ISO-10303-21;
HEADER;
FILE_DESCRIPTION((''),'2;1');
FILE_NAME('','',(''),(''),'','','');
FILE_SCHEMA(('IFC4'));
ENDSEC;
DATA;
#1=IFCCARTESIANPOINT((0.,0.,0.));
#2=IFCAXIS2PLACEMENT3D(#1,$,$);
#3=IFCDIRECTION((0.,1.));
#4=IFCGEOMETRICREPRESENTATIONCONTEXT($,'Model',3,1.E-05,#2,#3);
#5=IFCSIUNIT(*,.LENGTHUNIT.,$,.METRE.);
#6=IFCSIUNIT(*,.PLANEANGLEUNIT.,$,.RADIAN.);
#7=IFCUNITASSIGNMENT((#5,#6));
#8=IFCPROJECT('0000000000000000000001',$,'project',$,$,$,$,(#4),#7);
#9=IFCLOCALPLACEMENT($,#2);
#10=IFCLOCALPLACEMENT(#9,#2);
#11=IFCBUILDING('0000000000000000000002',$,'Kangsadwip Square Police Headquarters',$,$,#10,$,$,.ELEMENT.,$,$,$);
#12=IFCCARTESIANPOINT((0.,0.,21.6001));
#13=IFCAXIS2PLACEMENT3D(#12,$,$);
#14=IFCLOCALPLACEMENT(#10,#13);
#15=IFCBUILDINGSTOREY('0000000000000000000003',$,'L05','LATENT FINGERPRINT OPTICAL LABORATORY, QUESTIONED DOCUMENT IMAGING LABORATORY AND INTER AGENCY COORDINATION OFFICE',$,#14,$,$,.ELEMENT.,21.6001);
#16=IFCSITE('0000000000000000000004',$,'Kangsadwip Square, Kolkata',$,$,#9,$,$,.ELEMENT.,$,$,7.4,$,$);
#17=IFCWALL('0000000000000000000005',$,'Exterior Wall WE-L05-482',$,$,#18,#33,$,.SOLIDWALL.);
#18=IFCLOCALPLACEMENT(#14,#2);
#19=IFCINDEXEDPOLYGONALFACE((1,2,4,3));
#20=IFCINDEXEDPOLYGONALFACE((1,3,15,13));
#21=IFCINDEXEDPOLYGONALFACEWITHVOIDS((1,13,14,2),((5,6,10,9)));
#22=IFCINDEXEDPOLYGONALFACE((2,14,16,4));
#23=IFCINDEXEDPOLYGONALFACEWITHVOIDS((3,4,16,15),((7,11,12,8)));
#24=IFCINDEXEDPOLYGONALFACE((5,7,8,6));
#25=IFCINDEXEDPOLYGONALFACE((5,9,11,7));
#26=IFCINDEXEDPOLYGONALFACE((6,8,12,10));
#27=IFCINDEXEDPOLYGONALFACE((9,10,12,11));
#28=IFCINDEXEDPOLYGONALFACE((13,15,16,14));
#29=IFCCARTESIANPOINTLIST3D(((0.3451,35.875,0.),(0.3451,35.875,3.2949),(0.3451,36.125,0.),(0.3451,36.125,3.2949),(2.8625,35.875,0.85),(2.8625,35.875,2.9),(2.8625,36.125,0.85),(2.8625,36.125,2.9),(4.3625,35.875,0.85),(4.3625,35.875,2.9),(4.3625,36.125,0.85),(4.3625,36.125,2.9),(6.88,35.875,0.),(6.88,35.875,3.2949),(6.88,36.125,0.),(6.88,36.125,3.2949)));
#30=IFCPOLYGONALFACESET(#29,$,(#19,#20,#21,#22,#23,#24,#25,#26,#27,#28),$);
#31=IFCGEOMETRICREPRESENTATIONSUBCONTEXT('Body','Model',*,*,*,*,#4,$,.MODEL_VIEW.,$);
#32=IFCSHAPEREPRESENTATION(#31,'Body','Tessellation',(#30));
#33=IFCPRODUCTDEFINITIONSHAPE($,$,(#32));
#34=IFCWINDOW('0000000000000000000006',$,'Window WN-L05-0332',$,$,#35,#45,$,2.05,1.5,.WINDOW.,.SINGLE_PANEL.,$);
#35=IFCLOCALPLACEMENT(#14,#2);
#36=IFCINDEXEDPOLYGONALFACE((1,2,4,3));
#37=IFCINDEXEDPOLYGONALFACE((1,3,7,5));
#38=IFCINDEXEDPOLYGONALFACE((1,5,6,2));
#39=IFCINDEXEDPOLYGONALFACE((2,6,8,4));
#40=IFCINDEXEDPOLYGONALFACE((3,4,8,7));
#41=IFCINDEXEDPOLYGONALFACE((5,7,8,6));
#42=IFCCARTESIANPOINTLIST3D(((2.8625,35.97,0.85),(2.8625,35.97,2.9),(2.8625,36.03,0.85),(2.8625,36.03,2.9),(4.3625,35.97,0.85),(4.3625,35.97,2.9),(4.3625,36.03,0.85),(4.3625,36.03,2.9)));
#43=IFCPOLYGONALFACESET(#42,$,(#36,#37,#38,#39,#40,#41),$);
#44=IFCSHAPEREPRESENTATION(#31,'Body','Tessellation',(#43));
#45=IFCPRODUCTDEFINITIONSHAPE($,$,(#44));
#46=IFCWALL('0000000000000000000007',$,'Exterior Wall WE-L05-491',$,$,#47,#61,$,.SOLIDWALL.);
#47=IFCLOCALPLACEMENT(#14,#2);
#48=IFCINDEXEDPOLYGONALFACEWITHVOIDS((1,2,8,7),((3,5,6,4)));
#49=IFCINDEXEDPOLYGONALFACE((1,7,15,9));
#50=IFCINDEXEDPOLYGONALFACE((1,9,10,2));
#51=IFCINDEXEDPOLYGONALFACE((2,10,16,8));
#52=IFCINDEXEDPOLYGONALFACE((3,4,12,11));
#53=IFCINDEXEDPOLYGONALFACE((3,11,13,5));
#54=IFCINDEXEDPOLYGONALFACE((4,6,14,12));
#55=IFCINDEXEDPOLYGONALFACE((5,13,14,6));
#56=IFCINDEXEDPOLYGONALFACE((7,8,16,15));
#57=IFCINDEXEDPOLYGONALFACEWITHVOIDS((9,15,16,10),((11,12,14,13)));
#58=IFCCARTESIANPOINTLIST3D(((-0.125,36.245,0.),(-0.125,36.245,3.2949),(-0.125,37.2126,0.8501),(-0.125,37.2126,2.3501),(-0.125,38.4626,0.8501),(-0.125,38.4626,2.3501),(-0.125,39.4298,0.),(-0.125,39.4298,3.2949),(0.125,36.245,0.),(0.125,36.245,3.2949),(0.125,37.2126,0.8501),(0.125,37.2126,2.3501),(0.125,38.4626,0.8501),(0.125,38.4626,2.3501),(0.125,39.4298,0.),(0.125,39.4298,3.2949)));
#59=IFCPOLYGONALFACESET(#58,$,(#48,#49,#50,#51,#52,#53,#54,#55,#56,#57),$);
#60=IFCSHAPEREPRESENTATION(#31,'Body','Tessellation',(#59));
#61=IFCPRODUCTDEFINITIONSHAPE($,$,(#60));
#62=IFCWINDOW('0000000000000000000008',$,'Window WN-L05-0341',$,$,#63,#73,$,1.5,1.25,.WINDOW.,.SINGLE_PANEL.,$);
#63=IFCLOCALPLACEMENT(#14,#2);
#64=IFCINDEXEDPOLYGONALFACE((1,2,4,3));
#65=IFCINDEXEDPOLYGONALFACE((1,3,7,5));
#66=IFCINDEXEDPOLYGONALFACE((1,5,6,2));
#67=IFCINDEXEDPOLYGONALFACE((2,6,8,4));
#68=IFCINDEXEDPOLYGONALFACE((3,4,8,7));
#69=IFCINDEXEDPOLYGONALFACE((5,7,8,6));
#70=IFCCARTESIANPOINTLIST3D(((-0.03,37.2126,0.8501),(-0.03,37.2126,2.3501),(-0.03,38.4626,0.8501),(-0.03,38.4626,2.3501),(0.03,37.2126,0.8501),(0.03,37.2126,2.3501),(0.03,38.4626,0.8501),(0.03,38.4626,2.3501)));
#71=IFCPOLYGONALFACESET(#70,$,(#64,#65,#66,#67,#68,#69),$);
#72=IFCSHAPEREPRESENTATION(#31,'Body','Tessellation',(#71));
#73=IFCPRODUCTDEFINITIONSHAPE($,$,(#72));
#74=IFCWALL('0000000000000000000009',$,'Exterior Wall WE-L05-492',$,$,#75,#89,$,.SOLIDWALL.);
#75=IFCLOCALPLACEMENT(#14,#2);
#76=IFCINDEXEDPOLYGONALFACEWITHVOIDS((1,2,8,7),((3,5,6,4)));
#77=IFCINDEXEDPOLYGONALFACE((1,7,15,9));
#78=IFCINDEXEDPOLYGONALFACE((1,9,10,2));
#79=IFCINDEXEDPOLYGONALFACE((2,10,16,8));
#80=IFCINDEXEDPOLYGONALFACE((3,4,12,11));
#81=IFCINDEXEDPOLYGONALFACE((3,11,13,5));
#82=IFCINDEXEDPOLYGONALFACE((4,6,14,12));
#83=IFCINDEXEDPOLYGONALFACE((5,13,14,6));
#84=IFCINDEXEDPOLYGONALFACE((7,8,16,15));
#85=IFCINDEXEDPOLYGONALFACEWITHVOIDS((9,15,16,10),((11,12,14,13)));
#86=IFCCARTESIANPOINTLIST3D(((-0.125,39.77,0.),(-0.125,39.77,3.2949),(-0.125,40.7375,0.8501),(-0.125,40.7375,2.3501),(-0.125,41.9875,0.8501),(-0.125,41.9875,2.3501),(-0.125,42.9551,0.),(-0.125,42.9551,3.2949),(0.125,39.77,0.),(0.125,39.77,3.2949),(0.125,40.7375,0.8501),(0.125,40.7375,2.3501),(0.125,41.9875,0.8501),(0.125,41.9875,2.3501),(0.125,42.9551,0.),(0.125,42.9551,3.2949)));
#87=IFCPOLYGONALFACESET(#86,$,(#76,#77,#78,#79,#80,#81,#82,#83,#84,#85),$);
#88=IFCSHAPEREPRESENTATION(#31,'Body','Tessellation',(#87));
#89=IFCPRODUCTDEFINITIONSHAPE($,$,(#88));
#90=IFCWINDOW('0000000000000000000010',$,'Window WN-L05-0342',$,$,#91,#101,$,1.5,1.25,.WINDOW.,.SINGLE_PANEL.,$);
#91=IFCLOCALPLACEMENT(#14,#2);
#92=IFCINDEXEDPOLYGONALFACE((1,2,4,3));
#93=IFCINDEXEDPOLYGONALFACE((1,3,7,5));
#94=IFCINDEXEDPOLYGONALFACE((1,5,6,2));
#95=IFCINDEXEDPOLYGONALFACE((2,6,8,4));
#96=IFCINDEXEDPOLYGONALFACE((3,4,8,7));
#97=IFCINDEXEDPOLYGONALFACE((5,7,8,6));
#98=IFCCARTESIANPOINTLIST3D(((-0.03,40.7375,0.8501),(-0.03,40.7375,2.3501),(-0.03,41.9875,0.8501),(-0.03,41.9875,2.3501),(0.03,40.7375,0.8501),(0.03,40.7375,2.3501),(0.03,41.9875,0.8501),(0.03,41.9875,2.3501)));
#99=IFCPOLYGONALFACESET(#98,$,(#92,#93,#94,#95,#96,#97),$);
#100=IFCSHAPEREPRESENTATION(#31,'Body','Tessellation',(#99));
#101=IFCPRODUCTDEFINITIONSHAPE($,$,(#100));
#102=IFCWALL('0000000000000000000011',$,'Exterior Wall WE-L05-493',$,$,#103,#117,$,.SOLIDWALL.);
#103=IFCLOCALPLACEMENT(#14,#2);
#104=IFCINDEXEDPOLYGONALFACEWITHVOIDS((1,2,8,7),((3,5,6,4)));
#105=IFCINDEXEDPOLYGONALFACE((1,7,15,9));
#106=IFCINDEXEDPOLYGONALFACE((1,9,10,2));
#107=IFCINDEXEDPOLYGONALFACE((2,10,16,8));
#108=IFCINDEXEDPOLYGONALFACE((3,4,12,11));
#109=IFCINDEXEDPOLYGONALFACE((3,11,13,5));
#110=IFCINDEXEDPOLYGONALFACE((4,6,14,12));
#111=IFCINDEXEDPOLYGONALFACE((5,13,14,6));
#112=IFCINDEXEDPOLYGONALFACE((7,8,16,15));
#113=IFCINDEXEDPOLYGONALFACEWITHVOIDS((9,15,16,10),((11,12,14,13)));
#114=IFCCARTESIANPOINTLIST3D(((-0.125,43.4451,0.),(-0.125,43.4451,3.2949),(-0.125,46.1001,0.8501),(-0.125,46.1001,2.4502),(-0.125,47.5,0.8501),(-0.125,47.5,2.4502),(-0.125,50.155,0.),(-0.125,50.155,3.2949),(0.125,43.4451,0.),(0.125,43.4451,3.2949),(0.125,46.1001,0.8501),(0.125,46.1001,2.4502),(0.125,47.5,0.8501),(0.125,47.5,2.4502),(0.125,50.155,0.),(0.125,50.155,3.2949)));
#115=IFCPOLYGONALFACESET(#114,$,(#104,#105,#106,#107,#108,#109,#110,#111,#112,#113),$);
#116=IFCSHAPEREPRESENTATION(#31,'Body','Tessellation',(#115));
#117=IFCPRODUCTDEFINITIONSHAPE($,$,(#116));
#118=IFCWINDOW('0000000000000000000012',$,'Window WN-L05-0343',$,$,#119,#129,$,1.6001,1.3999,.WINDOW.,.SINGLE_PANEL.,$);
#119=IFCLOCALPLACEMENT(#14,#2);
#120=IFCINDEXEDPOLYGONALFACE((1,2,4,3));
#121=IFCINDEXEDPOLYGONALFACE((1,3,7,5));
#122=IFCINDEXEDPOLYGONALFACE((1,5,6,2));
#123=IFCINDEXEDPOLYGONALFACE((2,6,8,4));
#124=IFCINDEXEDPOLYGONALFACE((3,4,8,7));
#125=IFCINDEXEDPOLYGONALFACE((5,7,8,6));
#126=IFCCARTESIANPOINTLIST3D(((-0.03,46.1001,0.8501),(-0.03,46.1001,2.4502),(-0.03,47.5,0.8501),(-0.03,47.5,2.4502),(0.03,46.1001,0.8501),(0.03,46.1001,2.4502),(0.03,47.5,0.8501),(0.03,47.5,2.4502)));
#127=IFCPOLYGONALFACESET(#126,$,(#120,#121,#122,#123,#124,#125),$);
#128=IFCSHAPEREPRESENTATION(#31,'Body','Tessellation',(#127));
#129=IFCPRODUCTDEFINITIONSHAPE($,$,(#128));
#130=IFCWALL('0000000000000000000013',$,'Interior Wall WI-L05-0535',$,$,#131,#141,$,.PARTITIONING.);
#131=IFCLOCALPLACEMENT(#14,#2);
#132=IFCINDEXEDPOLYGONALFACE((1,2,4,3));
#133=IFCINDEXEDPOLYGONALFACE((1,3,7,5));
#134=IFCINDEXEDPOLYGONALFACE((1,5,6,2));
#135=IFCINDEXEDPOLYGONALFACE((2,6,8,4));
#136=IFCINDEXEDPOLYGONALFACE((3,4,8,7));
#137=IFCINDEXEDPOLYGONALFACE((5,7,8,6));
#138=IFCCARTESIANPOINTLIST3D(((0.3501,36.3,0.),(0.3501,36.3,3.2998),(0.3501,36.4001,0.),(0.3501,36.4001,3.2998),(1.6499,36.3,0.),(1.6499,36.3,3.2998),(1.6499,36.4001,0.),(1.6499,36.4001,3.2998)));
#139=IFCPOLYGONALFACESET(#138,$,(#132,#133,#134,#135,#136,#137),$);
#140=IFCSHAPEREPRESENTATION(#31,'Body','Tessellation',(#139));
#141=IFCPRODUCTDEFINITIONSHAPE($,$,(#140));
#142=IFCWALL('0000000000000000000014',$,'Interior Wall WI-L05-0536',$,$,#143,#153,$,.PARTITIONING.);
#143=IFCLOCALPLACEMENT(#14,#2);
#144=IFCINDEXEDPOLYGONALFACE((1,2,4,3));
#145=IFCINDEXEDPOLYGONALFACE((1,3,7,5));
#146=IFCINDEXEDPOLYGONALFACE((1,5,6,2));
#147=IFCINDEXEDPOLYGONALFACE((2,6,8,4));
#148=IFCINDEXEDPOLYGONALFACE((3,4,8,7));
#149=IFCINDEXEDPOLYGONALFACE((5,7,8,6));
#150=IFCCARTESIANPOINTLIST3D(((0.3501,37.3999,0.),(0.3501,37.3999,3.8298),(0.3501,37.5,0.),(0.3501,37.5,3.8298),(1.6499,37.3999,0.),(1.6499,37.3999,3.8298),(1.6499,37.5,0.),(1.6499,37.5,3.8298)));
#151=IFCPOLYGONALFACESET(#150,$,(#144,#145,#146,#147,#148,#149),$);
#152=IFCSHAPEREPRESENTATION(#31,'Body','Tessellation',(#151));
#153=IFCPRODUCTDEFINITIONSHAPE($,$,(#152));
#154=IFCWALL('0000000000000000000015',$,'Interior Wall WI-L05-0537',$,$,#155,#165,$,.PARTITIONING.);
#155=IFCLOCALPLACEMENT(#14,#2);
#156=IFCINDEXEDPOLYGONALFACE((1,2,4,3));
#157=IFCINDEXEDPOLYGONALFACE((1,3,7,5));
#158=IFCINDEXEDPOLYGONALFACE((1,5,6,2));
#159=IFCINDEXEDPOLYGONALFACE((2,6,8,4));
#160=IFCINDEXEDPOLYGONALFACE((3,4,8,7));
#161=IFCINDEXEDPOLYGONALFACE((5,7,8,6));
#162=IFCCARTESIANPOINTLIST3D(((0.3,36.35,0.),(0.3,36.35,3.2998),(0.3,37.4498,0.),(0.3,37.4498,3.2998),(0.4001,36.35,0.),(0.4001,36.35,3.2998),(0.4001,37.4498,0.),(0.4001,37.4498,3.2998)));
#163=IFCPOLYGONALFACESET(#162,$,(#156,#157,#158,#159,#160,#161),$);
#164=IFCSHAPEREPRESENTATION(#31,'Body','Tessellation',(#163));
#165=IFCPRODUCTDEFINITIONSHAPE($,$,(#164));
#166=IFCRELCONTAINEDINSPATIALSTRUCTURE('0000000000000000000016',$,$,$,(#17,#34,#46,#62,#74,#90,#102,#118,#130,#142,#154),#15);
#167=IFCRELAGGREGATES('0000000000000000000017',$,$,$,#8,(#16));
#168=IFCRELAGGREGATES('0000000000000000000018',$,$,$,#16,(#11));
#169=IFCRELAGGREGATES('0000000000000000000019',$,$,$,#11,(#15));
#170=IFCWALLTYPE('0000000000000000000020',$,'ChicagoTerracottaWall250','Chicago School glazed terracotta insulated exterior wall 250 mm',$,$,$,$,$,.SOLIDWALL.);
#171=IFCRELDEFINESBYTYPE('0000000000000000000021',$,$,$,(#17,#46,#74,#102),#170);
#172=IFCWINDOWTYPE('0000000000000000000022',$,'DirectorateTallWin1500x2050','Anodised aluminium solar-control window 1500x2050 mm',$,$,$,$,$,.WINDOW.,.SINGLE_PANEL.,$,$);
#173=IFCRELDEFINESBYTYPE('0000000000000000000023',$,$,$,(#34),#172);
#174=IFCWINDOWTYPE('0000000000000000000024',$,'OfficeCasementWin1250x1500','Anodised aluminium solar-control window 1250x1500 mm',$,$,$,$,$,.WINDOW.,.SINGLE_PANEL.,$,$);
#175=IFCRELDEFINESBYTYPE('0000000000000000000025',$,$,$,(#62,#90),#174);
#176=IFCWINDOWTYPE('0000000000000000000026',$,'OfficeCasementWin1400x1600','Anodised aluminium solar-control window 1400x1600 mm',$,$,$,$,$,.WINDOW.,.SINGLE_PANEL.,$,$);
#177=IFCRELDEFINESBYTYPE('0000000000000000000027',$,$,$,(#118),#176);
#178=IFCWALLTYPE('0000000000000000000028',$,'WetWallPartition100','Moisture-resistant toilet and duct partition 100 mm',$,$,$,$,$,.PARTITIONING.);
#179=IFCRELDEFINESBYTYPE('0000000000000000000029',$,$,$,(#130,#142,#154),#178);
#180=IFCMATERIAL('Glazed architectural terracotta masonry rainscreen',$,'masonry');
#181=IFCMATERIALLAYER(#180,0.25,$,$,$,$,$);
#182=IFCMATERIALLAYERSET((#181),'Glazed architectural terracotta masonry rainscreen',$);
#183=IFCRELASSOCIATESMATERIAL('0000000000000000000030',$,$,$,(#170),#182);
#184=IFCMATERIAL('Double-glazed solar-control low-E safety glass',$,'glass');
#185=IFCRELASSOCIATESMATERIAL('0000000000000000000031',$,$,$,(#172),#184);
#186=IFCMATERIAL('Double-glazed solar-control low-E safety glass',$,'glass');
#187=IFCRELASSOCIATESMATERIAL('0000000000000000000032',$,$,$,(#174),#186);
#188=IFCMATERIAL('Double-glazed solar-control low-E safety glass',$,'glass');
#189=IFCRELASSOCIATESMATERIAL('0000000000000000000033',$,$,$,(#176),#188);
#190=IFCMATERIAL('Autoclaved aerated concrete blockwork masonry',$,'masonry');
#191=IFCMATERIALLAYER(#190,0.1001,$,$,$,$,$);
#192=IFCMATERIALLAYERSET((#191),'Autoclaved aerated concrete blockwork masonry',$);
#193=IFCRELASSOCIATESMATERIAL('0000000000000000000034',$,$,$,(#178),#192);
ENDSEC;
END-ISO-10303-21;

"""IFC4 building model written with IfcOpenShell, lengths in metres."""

from ifc_helpers import new_model, si_unit, direction, frame, frame_2d, origin, place, context, subcontext, project, spatial, rectangle, extrude, material, layer, layer_set, type_object, element, fill, save


model = new_model("IFC4")

# Units and contexts
model_context = context("Model", 3, precision=1e-05, world=origin(), true_north=direction((0.0, 1.0)))
body_context = subcontext(model_context, "Body", "Model", "MODEL_VIEW")
ifc_project = project(units=[si_unit("LENGTHUNIT", "METRE"), si_unit("PLANEANGLEUNIT", "RADIAN")], contexts=[model_context])

# Site, building, storey
site_placement = place(None, origin())
site = spatial("IfcSite", under=ifc_project, at=site_placement, Name="Kangsadwip Square, Kolkata", CompositionType="ELEMENT", RefElevation=7.4)
building_placement = place(site_placement, origin())
building = spatial("IfcBuilding", under=site, at=building_placement, Name="Kangsadwip Square Police Headquarters", CompositionType="ELEMENT")
storey_placement = place(building_placement, frame((0.0, 0.0, 21.6001)))
storey = spatial("IfcBuildingStorey", under=building, at=storey_placement, Name="L05", Description="LATENT FINGERPRINT OPTICAL LABORATORY, QUESTIONED DOCUMENT IMAGING LABORATORY AND INTER AGENCY COORDINATION OFFICE", CompositionType="ELEMENT", Elevation=21.6001)

# Walls, openings, windows
ifc_material_1 = material(Name="Glazed architectural terracotta masonry rainscreen", Category="masonry")
ifc_layer_1 = layer(ifc_material_1, 0.25)
ifc_layer_set_1 = layer_set([ifc_layer_1], Name="Glazed architectural terracotta masonry rainscreen")
wall_type_1 = type_object("IfcWallType", Name="ChicagoTerracottaWall250", Description="Chicago School glazed terracotta insulated exterior wall 250 mm", PredefinedType="SOLIDWALL", material=ifc_layer_set_1)
wall_1_placement = place(storey_placement, frame((0.345, 36.0, 0.0), z_axis=(0.0, 0.0, 1.0), x_axis=(1.0, 0.0, 0.0)))
wall_1 = element("IfcWall", 1, at=wall_1_placement, inside=storey, type_object=wall_type_1, Name="Exterior Wall WE-L05-482", PredefinedType="SOLIDWALL", context=body_context, shape_type="SweptSolid", body=[
    extrude(rectangle(XDim=6.5349, YDim=0.25, at=frame_2d((3.2676, 0.0))), origin(), (0.0, 0.0, 1.0), 3.2949),
])
opening_1_placement = place(wall_1_placement, frame((2.5176, 0.0, 0.8501)))
opening_1 = element("IfcOpeningElement", 2, at=opening_1_placement, cuts=wall_1, PredefinedType="OPENING", context=body_context, shape_type="SweptSolid", body=[
    extrude(rectangle(XDim=1.5, YDim=2.05, at=frame_2d((0.75, 1.0249))), frame((0.0, 0.135, 0.0), z_axis=(0.0, -1.0, 0.0), x_axis=(1.0, 0.0, 0.0)), (0.0, 0.0, 1.0), 0.27),
])
ifc_material_2 = material(Name="Double-glazed solar-control low-E safety glass", Category="glass")
window_type_1 = type_object("IfcWindowType", Name="DirectorateTallWin1500x2050", Description="Anodised aluminium solar-control window 1500x2050 mm", PartitioningType="SINGLE_PANEL", PredefinedType="WINDOW", material=ifc_material_2)
window_1_placement = place(opening_1_placement, origin())
window_1 = element("IfcWindow", 3, at=window_1_placement, inside=storey, type_object=window_type_1, Name="Window WN-L05-0332", OverallHeight=2.05, OverallWidth=1.5, PartitioningType="SINGLE_PANEL", PredefinedType="WINDOW", context=body_context, shape_type="SweptSolid", body=[
    extrude(rectangle(XDim=1.5, YDim=2.05, at=frame_2d((0.75, 1.0249))), frame((0.0, 0.03, 0.0), z_axis=(0.0, -1.0, 0.0), x_axis=(1.0, 0.0, 0.0)), (0.0, 0.0, 1.0), 0.0601),
])
fill(opening_1, window_1)
wall_2_placement = place(storey_placement, frame((0.0, 36.2451, 0.0), z_axis=(0.0, 0.0, 1.0), x_axis=(0.0, 1.0, 0.0)))
wall_2 = element("IfcWall", 4, at=wall_2_placement, inside=storey, type_object=wall_type_1, Name="Exterior Wall WE-L05-491", PredefinedType="SOLIDWALL", context=body_context, shape_type="SweptSolid", body=[
    extrude(rectangle(XDim=3.1848, YDim=0.25, at=frame_2d((1.5923, 0.0))), origin(), (0.0, 0.0, 1.0), 3.2949),
])
opening_2_placement = place(wall_2_placement, frame((0.9675, 0.0, 0.8501)))
opening_2 = element("IfcOpeningElement", 5, at=opening_2_placement, cuts=wall_2, PredefinedType="OPENING", context=body_context, shape_type="SweptSolid", body=[
    extrude(rectangle(XDim=1.25, YDim=1.5, at=frame_2d((0.625, 0.75))), frame((0.0, 0.135, 0.0), z_axis=(0.0, -1.0, 0.0), x_axis=(1.0, 0.0, 0.0)), (0.0, 0.0, 1.0), 0.27),
])
ifc_material_3 = material(Name="Double-glazed solar-control low-E safety glass", Category="glass")
window_type_2 = type_object("IfcWindowType", Name="OfficeCasementWin1250x1500", Description="Anodised aluminium solar-control window 1250x1500 mm", PartitioningType="SINGLE_PANEL", PredefinedType="WINDOW", material=ifc_material_3)
window_2_placement = place(opening_2_placement, origin())
window_2 = element("IfcWindow", 6, at=window_2_placement, inside=storey, type_object=window_type_2, Name="Window WN-L05-0341", OverallHeight=1.5, OverallWidth=1.25, PartitioningType="SINGLE_PANEL", PredefinedType="WINDOW", context=body_context, shape_type="SweptSolid", body=[
    extrude(rectangle(XDim=1.25, YDim=1.5, at=frame_2d((0.625, 0.75))), frame((0.0, 0.03, 0.0), z_axis=(0.0, -1.0, 0.0), x_axis=(1.0, 0.0, 0.0)), (0.0, 0.0, 1.0), 0.0601),
])
fill(opening_2, window_2)
wall_3_placement = place(storey_placement, frame((0.0, 39.77, 0.0), z_axis=(0.0, 0.0, 1.0), x_axis=(0.0, 1.0, 0.0)))
wall_3 = element("IfcWall", 7, at=wall_3_placement, inside=storey, type_object=wall_type_1, Name="Exterior Wall WE-L05-492", PredefinedType="SOLIDWALL", context=body_context, shape_type="SweptSolid", body=[
    extrude(rectangle(XDim=3.1851, YDim=0.25, at=frame_2d((1.5925, 0.0))), origin(), (0.0, 0.0, 1.0), 3.2949),
])
opening_3_placement = place(wall_3_placement, frame((0.9675, 0.0, 0.8501)))
opening_3 = element("IfcOpeningElement", 8, at=opening_3_placement, cuts=wall_3, PredefinedType="OPENING", context=body_context, shape_type="SweptSolid", body=[
    extrude(rectangle(XDim=1.25, YDim=1.5, at=frame_2d((0.625, 0.75))), frame((0.0, 0.135, 0.0), z_axis=(0.0, -1.0, 0.0), x_axis=(1.0, 0.0, 0.0)), (0.0, 0.0, 1.0), 0.27),
])
window_3_placement = place(opening_3_placement, origin())
window_3 = element("IfcWindow", 9, at=window_3_placement, inside=storey, type_object=window_type_2, Name="Window WN-L05-0342", OverallHeight=1.5, OverallWidth=1.25, PartitioningType="SINGLE_PANEL", PredefinedType="WINDOW", context=body_context, shape_type="SweptSolid", body=[
    extrude(rectangle(XDim=1.25, YDim=1.5, at=frame_2d((0.625, 0.75))), frame((0.0, 0.03, 0.0), z_axis=(0.0, -1.0, 0.0), x_axis=(1.0, 0.0, 0.0)), (0.0, 0.0, 1.0), 0.0601),
])
fill(opening_3, window_3)
wall_4_placement = place(storey_placement, frame((0.0, 43.4451, 0.0), z_axis=(0.0, 0.0, 1.0), x_axis=(0.0, 1.0, 0.0)))
wall_4 = element("IfcWall", 10, at=wall_4_placement, inside=storey, type_object=wall_type_1, Name="Exterior Wall WE-L05-493", PredefinedType="SOLIDWALL", context=body_context, shape_type="SweptSolid", body=[
    extrude(rectangle(XDim=6.71, YDim=0.25, at=frame_2d((3.355, 0.0))), origin(), (0.0, 0.0, 1.0), 3.2949),
])
opening_4_placement = place(wall_4_placement, frame((2.655, 0.0, 0.8501)))
opening_4 = element("IfcOpeningElement", 11, at=opening_4_placement, cuts=wall_4, PredefinedType="OPENING", context=body_context, shape_type="SweptSolid", body=[
    extrude(rectangle(XDim=1.3999, YDim=1.6001, at=frame_2d((0.7, 0.8))), frame((0.0, 0.135, 0.0), z_axis=(0.0, -1.0, 0.0), x_axis=(1.0, 0.0, 0.0)), (0.0, 0.0, 1.0), 0.27),
])
ifc_material_4 = material(Name="Double-glazed solar-control low-E safety glass", Category="glass")
window_type_3 = type_object("IfcWindowType", Name="OfficeCasementWin1400x1600", Description="Anodised aluminium solar-control window 1400x1600 mm", PartitioningType="SINGLE_PANEL", PredefinedType="WINDOW", material=ifc_material_4)
window_4_placement = place(opening_4_placement, origin())
window_4 = element("IfcWindow", 12, at=window_4_placement, inside=storey, type_object=window_type_3, Name="Window WN-L05-0343", OverallHeight=1.6001, OverallWidth=1.3999, PartitioningType="SINGLE_PANEL", PredefinedType="WINDOW", context=body_context, shape_type="SweptSolid", body=[
    extrude(rectangle(XDim=1.3999, YDim=1.6001, at=frame_2d((0.7, 0.8))), frame((0.0, 0.03, 0.0), z_axis=(0.0, -1.0, 0.0), x_axis=(1.0, 0.0, 0.0)), (0.0, 0.0, 1.0), 0.0601),
])
fill(opening_4, window_4)

# Walls
ifc_material_5 = material(Name="Autoclaved aerated concrete blockwork masonry", Category="masonry")
ifc_layer_2 = layer(ifc_material_5, 0.1001)
ifc_layer_set_2 = layer_set([ifc_layer_2], Name="Autoclaved aerated concrete blockwork masonry")
wall_type_2 = type_object("IfcWallType", Name="WetWallPartition100", Description="Moisture-resistant toilet and duct partition 100 mm", PredefinedType="PARTITIONING", material=ifc_layer_set_2)
wall_5_placement = place(storey_placement, frame((0.3501, 36.3501, 0.0), z_axis=(0.0, 0.0, 1.0), x_axis=(1.0, 0.0, 0.0)))
element("IfcWall", 13, at=wall_5_placement, inside=storey, type_object=wall_type_2, Name="Interior Wall WI-L05-0535", PredefinedType="PARTITIONING", context=body_context, shape_type="SweptSolid", body=[
    extrude(rectangle(XDim=1.2998, YDim=0.1001, at=frame_2d((0.6499, 0.0))), origin(), (0.0, 0.0, 1.0), 3.2998),
])
wall_6_placement = place(storey_placement, frame((0.3501, 37.45, 0.0), z_axis=(0.0, 0.0, 1.0), x_axis=(1.0, 0.0, 0.0)))
element("IfcWall", 14, at=wall_6_placement, inside=storey, type_object=wall_type_2, Name="Interior Wall WI-L05-0536", PredefinedType="PARTITIONING", context=body_context, shape_type="SweptSolid", body=[
    extrude(rectangle(XDim=1.2998, YDim=0.1001, at=frame_2d((0.6499, 0.0))), origin(), (0.0, 0.0, 1.0), 3.8298),
])
wall_7_placement = place(storey_placement, frame((0.3501, 36.3501, 0.0), z_axis=(0.0, 0.0, 1.0), x_axis=(0.0, 1.0, 0.0)))
element("IfcWall", 15, at=wall_7_placement, inside=storey, type_object=wall_type_2, Name="Interior Wall WI-L05-0537", PredefinedType="PARTITIONING", context=body_context, shape_type="SweptSolid", body=[
    extrude(rectangle(XDim=1.0999, YDim=0.1001, at=frame_2d((0.5498, 0.0))), origin(), (0.0, 0.0, 1.0), 3.2998),
])

save(model, "model.ifc")
